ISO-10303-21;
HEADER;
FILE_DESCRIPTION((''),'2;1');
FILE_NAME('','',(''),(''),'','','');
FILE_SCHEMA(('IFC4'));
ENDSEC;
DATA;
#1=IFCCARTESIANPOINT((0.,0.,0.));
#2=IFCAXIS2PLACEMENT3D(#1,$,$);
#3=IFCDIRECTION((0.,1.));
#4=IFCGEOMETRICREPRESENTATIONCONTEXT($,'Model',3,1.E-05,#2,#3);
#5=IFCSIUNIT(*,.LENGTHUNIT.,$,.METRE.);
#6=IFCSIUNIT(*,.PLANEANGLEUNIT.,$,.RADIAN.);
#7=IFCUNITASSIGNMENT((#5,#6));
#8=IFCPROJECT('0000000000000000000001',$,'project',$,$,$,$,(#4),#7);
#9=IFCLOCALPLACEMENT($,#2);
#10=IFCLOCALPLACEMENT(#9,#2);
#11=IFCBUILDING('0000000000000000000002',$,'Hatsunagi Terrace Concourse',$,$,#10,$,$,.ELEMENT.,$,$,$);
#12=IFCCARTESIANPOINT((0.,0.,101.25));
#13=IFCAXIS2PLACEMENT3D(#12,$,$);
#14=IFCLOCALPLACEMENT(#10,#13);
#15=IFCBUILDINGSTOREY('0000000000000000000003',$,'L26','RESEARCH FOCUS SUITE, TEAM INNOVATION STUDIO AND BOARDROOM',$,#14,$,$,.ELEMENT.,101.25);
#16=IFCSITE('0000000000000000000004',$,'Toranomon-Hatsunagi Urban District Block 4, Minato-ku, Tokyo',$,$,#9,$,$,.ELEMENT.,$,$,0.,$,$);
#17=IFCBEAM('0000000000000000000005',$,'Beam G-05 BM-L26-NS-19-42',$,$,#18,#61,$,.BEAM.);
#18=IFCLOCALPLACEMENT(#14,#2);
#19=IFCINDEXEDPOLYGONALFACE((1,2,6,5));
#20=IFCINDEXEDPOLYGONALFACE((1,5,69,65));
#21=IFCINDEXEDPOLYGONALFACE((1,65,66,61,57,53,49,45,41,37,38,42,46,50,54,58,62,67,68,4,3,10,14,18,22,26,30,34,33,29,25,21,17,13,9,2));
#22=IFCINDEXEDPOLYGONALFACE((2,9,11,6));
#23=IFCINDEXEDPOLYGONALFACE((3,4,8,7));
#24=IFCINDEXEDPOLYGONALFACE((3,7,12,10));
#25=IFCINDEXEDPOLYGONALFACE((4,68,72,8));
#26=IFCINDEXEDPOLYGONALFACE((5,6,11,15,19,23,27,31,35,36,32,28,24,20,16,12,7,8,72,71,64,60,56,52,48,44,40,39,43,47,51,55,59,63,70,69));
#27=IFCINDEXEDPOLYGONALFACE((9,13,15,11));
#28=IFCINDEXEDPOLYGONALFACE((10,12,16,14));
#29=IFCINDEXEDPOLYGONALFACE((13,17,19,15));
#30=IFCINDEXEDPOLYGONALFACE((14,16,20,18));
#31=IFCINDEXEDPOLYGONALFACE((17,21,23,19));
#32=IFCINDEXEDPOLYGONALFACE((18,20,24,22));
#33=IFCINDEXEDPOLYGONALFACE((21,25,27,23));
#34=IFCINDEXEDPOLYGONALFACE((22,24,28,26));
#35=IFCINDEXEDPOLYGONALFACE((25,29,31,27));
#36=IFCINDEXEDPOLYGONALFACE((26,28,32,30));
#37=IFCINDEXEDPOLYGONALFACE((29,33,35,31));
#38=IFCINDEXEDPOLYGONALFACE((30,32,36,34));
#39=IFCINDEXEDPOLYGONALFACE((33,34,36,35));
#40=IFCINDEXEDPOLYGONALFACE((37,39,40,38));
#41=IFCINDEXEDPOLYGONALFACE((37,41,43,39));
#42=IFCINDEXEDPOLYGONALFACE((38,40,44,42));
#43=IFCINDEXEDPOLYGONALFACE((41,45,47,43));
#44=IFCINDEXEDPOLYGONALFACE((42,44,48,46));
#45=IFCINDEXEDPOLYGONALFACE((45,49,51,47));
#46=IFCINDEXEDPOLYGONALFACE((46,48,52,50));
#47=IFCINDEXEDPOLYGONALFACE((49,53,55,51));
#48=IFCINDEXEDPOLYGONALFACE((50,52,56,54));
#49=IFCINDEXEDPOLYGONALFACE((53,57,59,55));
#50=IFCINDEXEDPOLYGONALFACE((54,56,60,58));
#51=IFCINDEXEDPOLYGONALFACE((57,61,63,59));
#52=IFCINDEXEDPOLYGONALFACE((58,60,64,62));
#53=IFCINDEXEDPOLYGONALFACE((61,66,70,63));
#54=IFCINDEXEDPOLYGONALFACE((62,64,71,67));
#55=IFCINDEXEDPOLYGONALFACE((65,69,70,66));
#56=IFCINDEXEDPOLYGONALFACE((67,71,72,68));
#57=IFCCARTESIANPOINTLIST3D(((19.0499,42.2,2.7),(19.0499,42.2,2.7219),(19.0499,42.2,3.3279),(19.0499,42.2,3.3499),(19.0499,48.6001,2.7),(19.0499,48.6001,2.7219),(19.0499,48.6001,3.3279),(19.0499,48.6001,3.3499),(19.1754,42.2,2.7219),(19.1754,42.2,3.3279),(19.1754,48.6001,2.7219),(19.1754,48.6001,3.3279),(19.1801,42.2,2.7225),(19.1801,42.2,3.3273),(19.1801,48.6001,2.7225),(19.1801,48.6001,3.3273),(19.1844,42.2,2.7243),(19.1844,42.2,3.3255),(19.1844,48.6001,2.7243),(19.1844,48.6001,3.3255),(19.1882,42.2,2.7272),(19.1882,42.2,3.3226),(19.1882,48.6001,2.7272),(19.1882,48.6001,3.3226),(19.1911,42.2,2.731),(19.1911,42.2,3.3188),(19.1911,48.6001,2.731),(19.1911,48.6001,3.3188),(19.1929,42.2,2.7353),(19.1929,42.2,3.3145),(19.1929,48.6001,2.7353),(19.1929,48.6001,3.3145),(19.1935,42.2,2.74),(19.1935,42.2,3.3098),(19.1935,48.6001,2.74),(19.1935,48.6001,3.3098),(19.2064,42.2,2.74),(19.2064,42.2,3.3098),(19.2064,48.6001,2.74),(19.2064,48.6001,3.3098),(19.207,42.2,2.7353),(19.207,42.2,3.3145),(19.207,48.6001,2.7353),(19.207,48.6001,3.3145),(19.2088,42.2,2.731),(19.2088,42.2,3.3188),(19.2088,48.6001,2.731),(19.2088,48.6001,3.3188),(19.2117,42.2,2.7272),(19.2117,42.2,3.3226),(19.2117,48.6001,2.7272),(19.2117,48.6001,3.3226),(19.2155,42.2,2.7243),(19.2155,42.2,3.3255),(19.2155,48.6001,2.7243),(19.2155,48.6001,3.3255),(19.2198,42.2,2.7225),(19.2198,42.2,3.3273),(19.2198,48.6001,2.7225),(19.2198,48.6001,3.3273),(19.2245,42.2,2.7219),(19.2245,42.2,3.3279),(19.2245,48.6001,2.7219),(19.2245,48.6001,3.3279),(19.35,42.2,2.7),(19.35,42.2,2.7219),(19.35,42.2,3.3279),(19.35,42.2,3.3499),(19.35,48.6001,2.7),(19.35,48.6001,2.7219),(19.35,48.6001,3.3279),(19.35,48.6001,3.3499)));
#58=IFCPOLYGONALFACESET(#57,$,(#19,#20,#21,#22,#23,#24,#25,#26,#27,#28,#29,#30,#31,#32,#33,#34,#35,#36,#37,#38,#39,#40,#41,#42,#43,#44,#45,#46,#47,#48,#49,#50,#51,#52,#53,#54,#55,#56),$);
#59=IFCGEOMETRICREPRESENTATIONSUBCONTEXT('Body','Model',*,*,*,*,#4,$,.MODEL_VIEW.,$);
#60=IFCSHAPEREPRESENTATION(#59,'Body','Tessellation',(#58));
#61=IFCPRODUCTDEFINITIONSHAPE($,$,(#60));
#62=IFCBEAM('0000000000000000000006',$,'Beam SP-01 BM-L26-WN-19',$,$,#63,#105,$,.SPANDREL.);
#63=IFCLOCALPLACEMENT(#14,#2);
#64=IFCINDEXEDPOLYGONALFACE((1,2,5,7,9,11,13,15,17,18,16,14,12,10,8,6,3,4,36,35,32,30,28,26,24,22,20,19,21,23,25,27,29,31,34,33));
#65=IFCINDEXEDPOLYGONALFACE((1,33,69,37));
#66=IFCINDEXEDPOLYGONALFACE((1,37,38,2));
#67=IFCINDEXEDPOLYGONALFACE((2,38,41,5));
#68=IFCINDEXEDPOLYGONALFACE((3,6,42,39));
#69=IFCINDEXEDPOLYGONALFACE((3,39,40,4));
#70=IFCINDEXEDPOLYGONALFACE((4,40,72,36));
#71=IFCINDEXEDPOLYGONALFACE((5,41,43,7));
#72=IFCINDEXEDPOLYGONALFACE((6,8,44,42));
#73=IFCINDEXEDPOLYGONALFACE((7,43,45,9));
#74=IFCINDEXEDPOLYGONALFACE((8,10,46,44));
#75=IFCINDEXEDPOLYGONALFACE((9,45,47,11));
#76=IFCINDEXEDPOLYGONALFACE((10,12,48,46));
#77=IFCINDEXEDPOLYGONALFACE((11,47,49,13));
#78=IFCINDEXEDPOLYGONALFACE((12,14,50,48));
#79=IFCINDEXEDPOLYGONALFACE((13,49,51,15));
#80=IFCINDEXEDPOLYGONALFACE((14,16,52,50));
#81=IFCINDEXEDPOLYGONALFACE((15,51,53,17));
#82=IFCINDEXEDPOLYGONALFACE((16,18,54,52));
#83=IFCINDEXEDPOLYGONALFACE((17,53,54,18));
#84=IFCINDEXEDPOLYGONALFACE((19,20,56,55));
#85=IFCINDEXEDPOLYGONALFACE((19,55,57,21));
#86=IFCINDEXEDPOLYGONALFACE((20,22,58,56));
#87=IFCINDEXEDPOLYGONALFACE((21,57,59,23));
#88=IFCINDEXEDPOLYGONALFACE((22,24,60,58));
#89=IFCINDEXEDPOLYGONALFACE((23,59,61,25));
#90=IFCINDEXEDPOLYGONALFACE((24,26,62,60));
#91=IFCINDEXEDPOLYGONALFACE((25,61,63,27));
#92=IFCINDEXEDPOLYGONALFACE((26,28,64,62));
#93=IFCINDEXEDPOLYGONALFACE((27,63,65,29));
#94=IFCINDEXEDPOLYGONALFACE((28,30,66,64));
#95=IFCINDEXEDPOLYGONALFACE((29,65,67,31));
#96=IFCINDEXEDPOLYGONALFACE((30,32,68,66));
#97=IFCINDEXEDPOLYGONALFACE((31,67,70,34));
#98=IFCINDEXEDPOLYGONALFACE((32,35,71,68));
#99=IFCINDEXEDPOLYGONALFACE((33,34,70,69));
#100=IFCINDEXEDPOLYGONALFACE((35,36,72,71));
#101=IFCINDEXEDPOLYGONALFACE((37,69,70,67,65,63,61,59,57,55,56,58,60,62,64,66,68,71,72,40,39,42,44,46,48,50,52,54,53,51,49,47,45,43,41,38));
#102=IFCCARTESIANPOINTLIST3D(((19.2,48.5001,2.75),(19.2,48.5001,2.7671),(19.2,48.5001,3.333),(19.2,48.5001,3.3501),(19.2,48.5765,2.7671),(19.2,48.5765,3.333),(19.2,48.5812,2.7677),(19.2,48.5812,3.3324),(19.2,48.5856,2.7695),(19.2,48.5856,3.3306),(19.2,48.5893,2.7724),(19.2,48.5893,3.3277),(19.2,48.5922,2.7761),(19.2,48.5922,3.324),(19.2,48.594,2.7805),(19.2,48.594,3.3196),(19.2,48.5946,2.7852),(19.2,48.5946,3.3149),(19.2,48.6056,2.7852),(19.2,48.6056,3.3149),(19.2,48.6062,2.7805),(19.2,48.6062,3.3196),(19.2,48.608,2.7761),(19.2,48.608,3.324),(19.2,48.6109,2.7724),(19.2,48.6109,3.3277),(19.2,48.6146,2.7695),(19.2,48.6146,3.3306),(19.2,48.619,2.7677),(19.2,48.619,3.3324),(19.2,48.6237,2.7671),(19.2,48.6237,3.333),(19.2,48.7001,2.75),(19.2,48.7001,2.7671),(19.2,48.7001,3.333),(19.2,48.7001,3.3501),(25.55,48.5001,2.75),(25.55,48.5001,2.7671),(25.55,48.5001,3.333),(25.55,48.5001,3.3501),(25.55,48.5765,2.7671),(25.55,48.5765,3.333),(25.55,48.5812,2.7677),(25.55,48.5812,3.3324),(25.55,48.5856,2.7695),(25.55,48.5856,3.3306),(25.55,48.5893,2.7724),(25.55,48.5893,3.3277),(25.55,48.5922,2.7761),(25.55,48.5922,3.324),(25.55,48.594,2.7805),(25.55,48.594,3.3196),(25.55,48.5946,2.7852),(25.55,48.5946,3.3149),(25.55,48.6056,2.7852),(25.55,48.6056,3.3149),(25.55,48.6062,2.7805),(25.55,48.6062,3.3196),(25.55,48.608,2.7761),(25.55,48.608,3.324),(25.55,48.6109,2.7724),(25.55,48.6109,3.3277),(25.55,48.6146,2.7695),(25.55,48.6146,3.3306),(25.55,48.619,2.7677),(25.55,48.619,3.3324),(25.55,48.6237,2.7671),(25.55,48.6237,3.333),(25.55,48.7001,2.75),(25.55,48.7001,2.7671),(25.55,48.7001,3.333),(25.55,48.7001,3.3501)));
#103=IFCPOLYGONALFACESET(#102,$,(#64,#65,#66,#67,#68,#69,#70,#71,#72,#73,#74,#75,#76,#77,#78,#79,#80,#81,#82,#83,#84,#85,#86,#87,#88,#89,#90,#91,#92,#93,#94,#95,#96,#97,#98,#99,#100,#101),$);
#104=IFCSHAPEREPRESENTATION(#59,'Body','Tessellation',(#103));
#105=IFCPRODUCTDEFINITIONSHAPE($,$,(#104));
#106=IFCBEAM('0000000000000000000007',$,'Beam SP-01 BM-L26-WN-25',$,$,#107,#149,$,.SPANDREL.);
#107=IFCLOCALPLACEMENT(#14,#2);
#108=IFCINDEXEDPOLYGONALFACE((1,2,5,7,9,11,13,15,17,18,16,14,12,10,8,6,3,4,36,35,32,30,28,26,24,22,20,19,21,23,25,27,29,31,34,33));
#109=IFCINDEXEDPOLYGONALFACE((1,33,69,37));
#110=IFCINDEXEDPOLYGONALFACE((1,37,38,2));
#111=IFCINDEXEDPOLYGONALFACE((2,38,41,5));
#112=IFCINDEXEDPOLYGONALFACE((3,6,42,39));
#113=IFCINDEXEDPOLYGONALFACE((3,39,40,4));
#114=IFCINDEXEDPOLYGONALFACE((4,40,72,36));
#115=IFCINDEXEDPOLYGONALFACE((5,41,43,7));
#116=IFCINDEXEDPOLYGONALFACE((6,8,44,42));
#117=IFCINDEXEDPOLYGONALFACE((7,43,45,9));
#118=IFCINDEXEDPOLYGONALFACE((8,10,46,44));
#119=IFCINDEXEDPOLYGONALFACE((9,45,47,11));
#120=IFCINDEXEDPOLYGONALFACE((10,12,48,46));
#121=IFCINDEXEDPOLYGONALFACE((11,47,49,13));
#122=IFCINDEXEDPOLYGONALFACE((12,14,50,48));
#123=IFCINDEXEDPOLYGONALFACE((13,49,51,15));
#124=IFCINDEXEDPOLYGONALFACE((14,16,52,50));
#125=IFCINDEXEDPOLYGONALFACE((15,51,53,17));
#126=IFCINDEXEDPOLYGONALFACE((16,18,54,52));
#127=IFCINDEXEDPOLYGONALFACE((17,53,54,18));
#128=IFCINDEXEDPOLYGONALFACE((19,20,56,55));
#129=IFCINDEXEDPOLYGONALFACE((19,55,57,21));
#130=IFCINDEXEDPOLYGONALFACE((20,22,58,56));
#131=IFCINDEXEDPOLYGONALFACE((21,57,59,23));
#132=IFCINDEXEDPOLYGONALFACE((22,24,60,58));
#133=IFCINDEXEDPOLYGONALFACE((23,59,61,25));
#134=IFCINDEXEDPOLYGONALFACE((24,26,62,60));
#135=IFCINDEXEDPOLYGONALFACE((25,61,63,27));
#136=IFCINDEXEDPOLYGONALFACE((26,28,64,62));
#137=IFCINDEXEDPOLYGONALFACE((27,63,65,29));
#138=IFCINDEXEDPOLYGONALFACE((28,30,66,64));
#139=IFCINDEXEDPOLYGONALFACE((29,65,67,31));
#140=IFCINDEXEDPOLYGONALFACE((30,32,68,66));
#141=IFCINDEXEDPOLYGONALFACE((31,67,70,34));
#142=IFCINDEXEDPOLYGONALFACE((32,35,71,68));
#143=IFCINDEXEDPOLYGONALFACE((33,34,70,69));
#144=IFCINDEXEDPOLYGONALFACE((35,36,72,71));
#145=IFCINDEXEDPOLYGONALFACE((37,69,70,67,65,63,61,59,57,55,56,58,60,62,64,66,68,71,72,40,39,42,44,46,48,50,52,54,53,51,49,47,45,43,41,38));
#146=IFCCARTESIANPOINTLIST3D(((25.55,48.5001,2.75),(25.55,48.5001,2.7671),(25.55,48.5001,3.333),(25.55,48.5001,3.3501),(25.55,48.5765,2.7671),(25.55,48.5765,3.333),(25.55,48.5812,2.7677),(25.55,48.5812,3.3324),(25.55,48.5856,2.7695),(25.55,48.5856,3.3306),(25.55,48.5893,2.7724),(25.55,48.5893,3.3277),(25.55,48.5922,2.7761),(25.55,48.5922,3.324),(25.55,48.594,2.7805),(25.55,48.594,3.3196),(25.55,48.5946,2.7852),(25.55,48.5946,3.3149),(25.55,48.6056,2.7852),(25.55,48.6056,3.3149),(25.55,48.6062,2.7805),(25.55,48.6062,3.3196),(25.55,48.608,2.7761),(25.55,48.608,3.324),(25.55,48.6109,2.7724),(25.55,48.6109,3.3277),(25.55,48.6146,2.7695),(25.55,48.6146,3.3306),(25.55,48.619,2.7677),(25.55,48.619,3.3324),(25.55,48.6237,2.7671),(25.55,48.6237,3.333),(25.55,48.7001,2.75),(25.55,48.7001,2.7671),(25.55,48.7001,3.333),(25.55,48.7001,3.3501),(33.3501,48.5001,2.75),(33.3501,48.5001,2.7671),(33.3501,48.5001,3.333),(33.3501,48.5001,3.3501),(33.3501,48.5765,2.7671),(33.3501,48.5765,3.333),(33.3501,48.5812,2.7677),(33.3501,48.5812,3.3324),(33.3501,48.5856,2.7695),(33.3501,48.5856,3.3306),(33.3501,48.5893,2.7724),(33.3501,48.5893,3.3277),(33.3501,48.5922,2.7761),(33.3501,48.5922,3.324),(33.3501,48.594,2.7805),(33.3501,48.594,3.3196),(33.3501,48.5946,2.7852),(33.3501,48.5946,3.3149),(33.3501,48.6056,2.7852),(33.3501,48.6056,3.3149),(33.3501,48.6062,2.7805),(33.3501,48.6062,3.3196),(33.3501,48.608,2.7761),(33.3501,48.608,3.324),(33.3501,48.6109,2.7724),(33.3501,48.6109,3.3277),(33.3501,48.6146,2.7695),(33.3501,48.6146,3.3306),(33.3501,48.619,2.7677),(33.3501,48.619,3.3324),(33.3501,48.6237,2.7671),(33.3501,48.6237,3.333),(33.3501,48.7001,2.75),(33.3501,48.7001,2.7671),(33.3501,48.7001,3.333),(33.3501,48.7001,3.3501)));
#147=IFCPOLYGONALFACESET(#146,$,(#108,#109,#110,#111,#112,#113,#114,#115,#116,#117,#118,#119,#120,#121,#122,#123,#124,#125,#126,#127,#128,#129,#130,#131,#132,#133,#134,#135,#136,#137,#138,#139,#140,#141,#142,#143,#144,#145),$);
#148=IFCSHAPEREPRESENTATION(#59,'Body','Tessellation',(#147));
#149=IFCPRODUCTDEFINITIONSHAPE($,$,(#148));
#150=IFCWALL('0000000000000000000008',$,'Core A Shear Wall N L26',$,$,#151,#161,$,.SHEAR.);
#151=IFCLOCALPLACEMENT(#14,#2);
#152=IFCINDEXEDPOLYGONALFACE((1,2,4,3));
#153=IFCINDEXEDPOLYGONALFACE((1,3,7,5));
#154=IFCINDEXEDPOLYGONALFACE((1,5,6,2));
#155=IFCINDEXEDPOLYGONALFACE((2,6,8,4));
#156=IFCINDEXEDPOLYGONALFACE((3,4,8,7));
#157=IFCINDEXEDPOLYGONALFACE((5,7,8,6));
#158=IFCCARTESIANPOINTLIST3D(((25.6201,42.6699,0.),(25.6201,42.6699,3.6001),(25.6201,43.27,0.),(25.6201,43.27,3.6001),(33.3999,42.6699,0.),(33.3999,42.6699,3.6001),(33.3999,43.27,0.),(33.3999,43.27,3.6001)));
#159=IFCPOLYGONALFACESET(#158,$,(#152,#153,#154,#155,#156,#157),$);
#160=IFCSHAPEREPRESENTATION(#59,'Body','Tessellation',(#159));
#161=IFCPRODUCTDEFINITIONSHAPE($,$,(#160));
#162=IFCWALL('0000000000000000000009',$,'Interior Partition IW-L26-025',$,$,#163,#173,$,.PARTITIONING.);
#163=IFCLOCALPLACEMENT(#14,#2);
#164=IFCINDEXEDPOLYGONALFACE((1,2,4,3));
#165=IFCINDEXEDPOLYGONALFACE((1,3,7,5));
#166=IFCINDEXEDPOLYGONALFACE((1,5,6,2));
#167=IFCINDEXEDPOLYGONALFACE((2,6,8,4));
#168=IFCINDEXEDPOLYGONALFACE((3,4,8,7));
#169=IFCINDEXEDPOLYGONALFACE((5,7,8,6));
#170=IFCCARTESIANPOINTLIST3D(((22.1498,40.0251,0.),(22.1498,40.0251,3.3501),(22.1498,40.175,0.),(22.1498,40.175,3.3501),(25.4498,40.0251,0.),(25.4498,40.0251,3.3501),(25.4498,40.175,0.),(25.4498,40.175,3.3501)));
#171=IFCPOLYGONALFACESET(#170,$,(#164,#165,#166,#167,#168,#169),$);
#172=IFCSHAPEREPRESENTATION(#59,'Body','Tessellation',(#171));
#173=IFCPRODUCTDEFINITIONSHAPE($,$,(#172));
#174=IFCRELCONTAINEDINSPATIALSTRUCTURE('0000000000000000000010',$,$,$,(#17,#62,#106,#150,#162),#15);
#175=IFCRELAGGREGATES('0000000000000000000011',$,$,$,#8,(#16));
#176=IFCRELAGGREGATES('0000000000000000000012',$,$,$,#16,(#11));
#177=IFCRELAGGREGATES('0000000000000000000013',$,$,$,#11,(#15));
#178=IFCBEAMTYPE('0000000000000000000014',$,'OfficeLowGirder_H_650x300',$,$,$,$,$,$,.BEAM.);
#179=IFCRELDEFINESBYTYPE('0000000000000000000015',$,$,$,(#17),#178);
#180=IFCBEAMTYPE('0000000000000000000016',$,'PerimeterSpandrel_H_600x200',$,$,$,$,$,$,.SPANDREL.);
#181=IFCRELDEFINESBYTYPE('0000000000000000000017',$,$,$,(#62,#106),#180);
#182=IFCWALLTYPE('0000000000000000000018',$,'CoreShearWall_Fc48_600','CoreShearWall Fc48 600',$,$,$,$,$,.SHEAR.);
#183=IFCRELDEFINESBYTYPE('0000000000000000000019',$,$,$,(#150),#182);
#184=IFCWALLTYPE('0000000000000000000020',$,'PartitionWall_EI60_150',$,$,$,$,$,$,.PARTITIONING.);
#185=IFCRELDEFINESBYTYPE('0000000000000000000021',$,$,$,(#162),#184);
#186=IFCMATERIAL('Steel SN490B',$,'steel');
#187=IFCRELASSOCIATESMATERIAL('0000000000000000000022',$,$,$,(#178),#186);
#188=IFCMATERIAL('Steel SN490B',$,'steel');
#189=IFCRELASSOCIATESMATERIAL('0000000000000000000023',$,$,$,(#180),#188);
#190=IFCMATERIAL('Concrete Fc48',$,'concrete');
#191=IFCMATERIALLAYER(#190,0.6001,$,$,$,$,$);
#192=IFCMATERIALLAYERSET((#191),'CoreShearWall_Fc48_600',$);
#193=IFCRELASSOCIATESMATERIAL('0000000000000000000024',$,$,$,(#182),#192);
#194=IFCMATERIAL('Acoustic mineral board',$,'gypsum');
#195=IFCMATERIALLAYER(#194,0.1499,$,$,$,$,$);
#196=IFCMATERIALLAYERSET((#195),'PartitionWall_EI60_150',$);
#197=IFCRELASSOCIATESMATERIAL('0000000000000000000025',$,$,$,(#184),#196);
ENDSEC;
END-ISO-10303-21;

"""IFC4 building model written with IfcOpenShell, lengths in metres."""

from ifc_helpers import new_model, si_unit, direction, frame, frame_2d, origin, origin_2d, place, context, subcontext, project, spatial, rectangle, i_section, extrude, material, layer, layer_set, material_profile, profile_set, type_object, element, save


model = new_model("IFC4")

# Units and contexts
model_context = context("Model", 3, precision=1e-05, world=origin(), true_north=direction((0.0, 1.0)))
body_context = subcontext(model_context, "Body", "Model", "MODEL_VIEW")
ifc_project = project(units=[si_unit("LENGTHUNIT", "METRE"), si_unit("PLANEANGLEUNIT", "RADIAN")], contexts=[model_context])

# Site, building, storey
site_placement = place(None, origin())
site = spatial("IfcSite", under=ifc_project, at=site_placement, Name="Toranomon-Hatsunagi Urban District Block 4, Minato-ku, Tokyo", CompositionType="ELEMENT", RefElevation=0.0)
building_placement = place(site_placement, origin())
building = spatial("IfcBuilding", under=site, at=building_placement, Name="Hatsunagi Terrace Concourse", CompositionType="ELEMENT")
storey_placement = place(building_placement, frame((0.0, 0.0, 101.25)))
storey = spatial("IfcBuildingStorey", under=building, at=storey_placement, Name="L26", Description="RESEARCH FOCUS SUITE, TEAM INNOVATION STUDIO AND BOARDROOM", CompositionType="ELEMENT", Elevation=101.25)

# Beams
ifc_material_1 = material(Name="Steel SN490B", Category="steel")
ifc_material_profile_1 = material_profile(ifc_material_1, i_section(OverallWidth=0.3, OverallDepth=0.6499, WebThickness=0.0129, FlangeThickness=0.022, FilletRadius=0.0181, at=origin_2d()), Name="H-650x300x13x22")
ifc_profile_set_1 = profile_set([ifc_material_profile_1], Name="Steel SN490B")
beam_type_1 = type_object("IfcBeamType", Name="OfficeLowGirder_H_650x300", PredefinedType="BEAM", material=ifc_profile_set_1)
beam_1_placement = place(storey_placement, frame((19.2, 42.2, 3.0249), z_axis=(0.0, 1.0, 0.0), x_axis=(-1.0, 0.0, 0.0)))
element("IfcBeam", 1, at=beam_1_placement, inside=storey, type_object=beam_type_1, Name="Beam G-05 BM-L26-NS-19-42", PredefinedType="BEAM", context=body_context, shape_type="SweptSolid", body=[
    extrude(i_section(OverallWidth=0.3, OverallDepth=0.6499, WebThickness=0.0129, FlangeThickness=0.022, FilletRadius=0.0181, at=origin_2d()), origin(), (0.0, 0.0, 1.0), 6.4001),
])
ifc_material_2 = material(Name="Steel SN490B", Category="steel")
ifc_material_profile_2 = material_profile(ifc_material_2, i_section(OverallWidth=0.2, OverallDepth=0.6001, WebThickness=0.011, FlangeThickness=0.0171, FilletRadius=0.0181, at=origin_2d()), Name="H-600x200x11x17")
ifc_profile_set_2 = profile_set([ifc_material_profile_2], Name="Steel SN490B")
beam_type_2 = type_object("IfcBeamType", Name="PerimeterSpandrel_H_600x200", PredefinedType="SPANDREL", material=ifc_profile_set_2)
beam_2_placement = place(storey_placement, frame((19.2, 48.6001, 3.05), z_axis=(1.0, 0.0, 0.0), x_axis=(0.0, 1.0, 0.0)))
element("IfcBeam", 2, at=beam_2_placement, inside=storey, type_object=beam_type_2, Name="Beam SP-01 BM-L26-WN-19", PredefinedType="SPANDREL", context=body_context, shape_type="SweptSolid", body=[
    extrude(i_section(OverallWidth=0.2, OverallDepth=0.6001, WebThickness=0.011, FlangeThickness=0.0171, FilletRadius=0.0181, at=origin_2d()), origin(), (0.0, 0.0, 1.0), 6.3501),
])
beam_3_placement = place(storey_placement, frame((25.55, 48.6001, 3.05), z_axis=(1.0, 0.0, 0.0), x_axis=(0.0, 1.0, 0.0)))
element("IfcBeam", 3, at=beam_3_placement, inside=storey, type_object=beam_type_2, Name="Beam SP-01 BM-L26-WN-25", PredefinedType="SPANDREL", context=body_context, shape_type="SweptSolid", body=[
    extrude(i_section(OverallWidth=0.2, OverallDepth=0.6001, WebThickness=0.011, FlangeThickness=0.0171, FilletRadius=0.0181, at=origin_2d()), origin(), (0.0, 0.0, 1.0), 7.8),
])

# Walls
ifc_material_3 = material(Name="Concrete Fc48", Category="concrete")
ifc_layer_1 = layer(ifc_material_3, 0.6001)
ifc_layer_set_1 = layer_set([ifc_layer_1], Name="CoreShearWall_Fc48_600")
wall_type_1 = type_object("IfcWallType", Name="CoreShearWall_Fc48_600", Description="CoreShearWall Fc48 600", PredefinedType="SHEAR", material=ifc_layer_set_1)
wall_1_placement = place(storey_placement, frame((25.6201, 42.97, 0.0), z_axis=(0.0, 0.0, 1.0), x_axis=(1.0, 0.0, 0.0)))
element("IfcWall", 4, at=wall_1_placement, inside=storey, type_object=wall_type_1, Name="Core A Shear Wall N L26", PredefinedType="SHEAR", context=body_context, shape_type="SweptSolid", body=[
    extrude(rectangle(XDim=7.7798, YDim=0.6001, at=frame_2d((3.8899, 0.0))), origin(), (0.0, 0.0, 1.0), 3.6001),
])
ifc_material_4 = material(Name="Acoustic mineral board", Category="gypsum")
ifc_layer_2 = layer(ifc_material_4, 0.1499)
ifc_layer_set_2 = layer_set([ifc_layer_2], Name="PartitionWall_EI60_150")
wall_type_2 = type_object("IfcWallType", Name="PartitionWall_EI60_150", PredefinedType="PARTITIONING", material=ifc_layer_set_2)
wall_2_placement = place(storey_placement, frame((22.1499, 40.1001, 0.0), z_axis=(0.0, 0.0, 1.0), x_axis=(1.0, 0.0, 0.0)))
element("IfcWall", 5, at=wall_2_placement, inside=storey, type_object=wall_type_2, Name="Interior Partition IW-L26-025", PredefinedType="PARTITIONING", context=body_context, shape_type="SweptSolid", body=[
    extrude(rectangle(XDim=3.3, YDim=0.1499, at=frame_2d((1.6499, 0.0))), origin(), (0.0, 0.0, 1.0), 3.3501),
])

save(model, "model.ifc")
